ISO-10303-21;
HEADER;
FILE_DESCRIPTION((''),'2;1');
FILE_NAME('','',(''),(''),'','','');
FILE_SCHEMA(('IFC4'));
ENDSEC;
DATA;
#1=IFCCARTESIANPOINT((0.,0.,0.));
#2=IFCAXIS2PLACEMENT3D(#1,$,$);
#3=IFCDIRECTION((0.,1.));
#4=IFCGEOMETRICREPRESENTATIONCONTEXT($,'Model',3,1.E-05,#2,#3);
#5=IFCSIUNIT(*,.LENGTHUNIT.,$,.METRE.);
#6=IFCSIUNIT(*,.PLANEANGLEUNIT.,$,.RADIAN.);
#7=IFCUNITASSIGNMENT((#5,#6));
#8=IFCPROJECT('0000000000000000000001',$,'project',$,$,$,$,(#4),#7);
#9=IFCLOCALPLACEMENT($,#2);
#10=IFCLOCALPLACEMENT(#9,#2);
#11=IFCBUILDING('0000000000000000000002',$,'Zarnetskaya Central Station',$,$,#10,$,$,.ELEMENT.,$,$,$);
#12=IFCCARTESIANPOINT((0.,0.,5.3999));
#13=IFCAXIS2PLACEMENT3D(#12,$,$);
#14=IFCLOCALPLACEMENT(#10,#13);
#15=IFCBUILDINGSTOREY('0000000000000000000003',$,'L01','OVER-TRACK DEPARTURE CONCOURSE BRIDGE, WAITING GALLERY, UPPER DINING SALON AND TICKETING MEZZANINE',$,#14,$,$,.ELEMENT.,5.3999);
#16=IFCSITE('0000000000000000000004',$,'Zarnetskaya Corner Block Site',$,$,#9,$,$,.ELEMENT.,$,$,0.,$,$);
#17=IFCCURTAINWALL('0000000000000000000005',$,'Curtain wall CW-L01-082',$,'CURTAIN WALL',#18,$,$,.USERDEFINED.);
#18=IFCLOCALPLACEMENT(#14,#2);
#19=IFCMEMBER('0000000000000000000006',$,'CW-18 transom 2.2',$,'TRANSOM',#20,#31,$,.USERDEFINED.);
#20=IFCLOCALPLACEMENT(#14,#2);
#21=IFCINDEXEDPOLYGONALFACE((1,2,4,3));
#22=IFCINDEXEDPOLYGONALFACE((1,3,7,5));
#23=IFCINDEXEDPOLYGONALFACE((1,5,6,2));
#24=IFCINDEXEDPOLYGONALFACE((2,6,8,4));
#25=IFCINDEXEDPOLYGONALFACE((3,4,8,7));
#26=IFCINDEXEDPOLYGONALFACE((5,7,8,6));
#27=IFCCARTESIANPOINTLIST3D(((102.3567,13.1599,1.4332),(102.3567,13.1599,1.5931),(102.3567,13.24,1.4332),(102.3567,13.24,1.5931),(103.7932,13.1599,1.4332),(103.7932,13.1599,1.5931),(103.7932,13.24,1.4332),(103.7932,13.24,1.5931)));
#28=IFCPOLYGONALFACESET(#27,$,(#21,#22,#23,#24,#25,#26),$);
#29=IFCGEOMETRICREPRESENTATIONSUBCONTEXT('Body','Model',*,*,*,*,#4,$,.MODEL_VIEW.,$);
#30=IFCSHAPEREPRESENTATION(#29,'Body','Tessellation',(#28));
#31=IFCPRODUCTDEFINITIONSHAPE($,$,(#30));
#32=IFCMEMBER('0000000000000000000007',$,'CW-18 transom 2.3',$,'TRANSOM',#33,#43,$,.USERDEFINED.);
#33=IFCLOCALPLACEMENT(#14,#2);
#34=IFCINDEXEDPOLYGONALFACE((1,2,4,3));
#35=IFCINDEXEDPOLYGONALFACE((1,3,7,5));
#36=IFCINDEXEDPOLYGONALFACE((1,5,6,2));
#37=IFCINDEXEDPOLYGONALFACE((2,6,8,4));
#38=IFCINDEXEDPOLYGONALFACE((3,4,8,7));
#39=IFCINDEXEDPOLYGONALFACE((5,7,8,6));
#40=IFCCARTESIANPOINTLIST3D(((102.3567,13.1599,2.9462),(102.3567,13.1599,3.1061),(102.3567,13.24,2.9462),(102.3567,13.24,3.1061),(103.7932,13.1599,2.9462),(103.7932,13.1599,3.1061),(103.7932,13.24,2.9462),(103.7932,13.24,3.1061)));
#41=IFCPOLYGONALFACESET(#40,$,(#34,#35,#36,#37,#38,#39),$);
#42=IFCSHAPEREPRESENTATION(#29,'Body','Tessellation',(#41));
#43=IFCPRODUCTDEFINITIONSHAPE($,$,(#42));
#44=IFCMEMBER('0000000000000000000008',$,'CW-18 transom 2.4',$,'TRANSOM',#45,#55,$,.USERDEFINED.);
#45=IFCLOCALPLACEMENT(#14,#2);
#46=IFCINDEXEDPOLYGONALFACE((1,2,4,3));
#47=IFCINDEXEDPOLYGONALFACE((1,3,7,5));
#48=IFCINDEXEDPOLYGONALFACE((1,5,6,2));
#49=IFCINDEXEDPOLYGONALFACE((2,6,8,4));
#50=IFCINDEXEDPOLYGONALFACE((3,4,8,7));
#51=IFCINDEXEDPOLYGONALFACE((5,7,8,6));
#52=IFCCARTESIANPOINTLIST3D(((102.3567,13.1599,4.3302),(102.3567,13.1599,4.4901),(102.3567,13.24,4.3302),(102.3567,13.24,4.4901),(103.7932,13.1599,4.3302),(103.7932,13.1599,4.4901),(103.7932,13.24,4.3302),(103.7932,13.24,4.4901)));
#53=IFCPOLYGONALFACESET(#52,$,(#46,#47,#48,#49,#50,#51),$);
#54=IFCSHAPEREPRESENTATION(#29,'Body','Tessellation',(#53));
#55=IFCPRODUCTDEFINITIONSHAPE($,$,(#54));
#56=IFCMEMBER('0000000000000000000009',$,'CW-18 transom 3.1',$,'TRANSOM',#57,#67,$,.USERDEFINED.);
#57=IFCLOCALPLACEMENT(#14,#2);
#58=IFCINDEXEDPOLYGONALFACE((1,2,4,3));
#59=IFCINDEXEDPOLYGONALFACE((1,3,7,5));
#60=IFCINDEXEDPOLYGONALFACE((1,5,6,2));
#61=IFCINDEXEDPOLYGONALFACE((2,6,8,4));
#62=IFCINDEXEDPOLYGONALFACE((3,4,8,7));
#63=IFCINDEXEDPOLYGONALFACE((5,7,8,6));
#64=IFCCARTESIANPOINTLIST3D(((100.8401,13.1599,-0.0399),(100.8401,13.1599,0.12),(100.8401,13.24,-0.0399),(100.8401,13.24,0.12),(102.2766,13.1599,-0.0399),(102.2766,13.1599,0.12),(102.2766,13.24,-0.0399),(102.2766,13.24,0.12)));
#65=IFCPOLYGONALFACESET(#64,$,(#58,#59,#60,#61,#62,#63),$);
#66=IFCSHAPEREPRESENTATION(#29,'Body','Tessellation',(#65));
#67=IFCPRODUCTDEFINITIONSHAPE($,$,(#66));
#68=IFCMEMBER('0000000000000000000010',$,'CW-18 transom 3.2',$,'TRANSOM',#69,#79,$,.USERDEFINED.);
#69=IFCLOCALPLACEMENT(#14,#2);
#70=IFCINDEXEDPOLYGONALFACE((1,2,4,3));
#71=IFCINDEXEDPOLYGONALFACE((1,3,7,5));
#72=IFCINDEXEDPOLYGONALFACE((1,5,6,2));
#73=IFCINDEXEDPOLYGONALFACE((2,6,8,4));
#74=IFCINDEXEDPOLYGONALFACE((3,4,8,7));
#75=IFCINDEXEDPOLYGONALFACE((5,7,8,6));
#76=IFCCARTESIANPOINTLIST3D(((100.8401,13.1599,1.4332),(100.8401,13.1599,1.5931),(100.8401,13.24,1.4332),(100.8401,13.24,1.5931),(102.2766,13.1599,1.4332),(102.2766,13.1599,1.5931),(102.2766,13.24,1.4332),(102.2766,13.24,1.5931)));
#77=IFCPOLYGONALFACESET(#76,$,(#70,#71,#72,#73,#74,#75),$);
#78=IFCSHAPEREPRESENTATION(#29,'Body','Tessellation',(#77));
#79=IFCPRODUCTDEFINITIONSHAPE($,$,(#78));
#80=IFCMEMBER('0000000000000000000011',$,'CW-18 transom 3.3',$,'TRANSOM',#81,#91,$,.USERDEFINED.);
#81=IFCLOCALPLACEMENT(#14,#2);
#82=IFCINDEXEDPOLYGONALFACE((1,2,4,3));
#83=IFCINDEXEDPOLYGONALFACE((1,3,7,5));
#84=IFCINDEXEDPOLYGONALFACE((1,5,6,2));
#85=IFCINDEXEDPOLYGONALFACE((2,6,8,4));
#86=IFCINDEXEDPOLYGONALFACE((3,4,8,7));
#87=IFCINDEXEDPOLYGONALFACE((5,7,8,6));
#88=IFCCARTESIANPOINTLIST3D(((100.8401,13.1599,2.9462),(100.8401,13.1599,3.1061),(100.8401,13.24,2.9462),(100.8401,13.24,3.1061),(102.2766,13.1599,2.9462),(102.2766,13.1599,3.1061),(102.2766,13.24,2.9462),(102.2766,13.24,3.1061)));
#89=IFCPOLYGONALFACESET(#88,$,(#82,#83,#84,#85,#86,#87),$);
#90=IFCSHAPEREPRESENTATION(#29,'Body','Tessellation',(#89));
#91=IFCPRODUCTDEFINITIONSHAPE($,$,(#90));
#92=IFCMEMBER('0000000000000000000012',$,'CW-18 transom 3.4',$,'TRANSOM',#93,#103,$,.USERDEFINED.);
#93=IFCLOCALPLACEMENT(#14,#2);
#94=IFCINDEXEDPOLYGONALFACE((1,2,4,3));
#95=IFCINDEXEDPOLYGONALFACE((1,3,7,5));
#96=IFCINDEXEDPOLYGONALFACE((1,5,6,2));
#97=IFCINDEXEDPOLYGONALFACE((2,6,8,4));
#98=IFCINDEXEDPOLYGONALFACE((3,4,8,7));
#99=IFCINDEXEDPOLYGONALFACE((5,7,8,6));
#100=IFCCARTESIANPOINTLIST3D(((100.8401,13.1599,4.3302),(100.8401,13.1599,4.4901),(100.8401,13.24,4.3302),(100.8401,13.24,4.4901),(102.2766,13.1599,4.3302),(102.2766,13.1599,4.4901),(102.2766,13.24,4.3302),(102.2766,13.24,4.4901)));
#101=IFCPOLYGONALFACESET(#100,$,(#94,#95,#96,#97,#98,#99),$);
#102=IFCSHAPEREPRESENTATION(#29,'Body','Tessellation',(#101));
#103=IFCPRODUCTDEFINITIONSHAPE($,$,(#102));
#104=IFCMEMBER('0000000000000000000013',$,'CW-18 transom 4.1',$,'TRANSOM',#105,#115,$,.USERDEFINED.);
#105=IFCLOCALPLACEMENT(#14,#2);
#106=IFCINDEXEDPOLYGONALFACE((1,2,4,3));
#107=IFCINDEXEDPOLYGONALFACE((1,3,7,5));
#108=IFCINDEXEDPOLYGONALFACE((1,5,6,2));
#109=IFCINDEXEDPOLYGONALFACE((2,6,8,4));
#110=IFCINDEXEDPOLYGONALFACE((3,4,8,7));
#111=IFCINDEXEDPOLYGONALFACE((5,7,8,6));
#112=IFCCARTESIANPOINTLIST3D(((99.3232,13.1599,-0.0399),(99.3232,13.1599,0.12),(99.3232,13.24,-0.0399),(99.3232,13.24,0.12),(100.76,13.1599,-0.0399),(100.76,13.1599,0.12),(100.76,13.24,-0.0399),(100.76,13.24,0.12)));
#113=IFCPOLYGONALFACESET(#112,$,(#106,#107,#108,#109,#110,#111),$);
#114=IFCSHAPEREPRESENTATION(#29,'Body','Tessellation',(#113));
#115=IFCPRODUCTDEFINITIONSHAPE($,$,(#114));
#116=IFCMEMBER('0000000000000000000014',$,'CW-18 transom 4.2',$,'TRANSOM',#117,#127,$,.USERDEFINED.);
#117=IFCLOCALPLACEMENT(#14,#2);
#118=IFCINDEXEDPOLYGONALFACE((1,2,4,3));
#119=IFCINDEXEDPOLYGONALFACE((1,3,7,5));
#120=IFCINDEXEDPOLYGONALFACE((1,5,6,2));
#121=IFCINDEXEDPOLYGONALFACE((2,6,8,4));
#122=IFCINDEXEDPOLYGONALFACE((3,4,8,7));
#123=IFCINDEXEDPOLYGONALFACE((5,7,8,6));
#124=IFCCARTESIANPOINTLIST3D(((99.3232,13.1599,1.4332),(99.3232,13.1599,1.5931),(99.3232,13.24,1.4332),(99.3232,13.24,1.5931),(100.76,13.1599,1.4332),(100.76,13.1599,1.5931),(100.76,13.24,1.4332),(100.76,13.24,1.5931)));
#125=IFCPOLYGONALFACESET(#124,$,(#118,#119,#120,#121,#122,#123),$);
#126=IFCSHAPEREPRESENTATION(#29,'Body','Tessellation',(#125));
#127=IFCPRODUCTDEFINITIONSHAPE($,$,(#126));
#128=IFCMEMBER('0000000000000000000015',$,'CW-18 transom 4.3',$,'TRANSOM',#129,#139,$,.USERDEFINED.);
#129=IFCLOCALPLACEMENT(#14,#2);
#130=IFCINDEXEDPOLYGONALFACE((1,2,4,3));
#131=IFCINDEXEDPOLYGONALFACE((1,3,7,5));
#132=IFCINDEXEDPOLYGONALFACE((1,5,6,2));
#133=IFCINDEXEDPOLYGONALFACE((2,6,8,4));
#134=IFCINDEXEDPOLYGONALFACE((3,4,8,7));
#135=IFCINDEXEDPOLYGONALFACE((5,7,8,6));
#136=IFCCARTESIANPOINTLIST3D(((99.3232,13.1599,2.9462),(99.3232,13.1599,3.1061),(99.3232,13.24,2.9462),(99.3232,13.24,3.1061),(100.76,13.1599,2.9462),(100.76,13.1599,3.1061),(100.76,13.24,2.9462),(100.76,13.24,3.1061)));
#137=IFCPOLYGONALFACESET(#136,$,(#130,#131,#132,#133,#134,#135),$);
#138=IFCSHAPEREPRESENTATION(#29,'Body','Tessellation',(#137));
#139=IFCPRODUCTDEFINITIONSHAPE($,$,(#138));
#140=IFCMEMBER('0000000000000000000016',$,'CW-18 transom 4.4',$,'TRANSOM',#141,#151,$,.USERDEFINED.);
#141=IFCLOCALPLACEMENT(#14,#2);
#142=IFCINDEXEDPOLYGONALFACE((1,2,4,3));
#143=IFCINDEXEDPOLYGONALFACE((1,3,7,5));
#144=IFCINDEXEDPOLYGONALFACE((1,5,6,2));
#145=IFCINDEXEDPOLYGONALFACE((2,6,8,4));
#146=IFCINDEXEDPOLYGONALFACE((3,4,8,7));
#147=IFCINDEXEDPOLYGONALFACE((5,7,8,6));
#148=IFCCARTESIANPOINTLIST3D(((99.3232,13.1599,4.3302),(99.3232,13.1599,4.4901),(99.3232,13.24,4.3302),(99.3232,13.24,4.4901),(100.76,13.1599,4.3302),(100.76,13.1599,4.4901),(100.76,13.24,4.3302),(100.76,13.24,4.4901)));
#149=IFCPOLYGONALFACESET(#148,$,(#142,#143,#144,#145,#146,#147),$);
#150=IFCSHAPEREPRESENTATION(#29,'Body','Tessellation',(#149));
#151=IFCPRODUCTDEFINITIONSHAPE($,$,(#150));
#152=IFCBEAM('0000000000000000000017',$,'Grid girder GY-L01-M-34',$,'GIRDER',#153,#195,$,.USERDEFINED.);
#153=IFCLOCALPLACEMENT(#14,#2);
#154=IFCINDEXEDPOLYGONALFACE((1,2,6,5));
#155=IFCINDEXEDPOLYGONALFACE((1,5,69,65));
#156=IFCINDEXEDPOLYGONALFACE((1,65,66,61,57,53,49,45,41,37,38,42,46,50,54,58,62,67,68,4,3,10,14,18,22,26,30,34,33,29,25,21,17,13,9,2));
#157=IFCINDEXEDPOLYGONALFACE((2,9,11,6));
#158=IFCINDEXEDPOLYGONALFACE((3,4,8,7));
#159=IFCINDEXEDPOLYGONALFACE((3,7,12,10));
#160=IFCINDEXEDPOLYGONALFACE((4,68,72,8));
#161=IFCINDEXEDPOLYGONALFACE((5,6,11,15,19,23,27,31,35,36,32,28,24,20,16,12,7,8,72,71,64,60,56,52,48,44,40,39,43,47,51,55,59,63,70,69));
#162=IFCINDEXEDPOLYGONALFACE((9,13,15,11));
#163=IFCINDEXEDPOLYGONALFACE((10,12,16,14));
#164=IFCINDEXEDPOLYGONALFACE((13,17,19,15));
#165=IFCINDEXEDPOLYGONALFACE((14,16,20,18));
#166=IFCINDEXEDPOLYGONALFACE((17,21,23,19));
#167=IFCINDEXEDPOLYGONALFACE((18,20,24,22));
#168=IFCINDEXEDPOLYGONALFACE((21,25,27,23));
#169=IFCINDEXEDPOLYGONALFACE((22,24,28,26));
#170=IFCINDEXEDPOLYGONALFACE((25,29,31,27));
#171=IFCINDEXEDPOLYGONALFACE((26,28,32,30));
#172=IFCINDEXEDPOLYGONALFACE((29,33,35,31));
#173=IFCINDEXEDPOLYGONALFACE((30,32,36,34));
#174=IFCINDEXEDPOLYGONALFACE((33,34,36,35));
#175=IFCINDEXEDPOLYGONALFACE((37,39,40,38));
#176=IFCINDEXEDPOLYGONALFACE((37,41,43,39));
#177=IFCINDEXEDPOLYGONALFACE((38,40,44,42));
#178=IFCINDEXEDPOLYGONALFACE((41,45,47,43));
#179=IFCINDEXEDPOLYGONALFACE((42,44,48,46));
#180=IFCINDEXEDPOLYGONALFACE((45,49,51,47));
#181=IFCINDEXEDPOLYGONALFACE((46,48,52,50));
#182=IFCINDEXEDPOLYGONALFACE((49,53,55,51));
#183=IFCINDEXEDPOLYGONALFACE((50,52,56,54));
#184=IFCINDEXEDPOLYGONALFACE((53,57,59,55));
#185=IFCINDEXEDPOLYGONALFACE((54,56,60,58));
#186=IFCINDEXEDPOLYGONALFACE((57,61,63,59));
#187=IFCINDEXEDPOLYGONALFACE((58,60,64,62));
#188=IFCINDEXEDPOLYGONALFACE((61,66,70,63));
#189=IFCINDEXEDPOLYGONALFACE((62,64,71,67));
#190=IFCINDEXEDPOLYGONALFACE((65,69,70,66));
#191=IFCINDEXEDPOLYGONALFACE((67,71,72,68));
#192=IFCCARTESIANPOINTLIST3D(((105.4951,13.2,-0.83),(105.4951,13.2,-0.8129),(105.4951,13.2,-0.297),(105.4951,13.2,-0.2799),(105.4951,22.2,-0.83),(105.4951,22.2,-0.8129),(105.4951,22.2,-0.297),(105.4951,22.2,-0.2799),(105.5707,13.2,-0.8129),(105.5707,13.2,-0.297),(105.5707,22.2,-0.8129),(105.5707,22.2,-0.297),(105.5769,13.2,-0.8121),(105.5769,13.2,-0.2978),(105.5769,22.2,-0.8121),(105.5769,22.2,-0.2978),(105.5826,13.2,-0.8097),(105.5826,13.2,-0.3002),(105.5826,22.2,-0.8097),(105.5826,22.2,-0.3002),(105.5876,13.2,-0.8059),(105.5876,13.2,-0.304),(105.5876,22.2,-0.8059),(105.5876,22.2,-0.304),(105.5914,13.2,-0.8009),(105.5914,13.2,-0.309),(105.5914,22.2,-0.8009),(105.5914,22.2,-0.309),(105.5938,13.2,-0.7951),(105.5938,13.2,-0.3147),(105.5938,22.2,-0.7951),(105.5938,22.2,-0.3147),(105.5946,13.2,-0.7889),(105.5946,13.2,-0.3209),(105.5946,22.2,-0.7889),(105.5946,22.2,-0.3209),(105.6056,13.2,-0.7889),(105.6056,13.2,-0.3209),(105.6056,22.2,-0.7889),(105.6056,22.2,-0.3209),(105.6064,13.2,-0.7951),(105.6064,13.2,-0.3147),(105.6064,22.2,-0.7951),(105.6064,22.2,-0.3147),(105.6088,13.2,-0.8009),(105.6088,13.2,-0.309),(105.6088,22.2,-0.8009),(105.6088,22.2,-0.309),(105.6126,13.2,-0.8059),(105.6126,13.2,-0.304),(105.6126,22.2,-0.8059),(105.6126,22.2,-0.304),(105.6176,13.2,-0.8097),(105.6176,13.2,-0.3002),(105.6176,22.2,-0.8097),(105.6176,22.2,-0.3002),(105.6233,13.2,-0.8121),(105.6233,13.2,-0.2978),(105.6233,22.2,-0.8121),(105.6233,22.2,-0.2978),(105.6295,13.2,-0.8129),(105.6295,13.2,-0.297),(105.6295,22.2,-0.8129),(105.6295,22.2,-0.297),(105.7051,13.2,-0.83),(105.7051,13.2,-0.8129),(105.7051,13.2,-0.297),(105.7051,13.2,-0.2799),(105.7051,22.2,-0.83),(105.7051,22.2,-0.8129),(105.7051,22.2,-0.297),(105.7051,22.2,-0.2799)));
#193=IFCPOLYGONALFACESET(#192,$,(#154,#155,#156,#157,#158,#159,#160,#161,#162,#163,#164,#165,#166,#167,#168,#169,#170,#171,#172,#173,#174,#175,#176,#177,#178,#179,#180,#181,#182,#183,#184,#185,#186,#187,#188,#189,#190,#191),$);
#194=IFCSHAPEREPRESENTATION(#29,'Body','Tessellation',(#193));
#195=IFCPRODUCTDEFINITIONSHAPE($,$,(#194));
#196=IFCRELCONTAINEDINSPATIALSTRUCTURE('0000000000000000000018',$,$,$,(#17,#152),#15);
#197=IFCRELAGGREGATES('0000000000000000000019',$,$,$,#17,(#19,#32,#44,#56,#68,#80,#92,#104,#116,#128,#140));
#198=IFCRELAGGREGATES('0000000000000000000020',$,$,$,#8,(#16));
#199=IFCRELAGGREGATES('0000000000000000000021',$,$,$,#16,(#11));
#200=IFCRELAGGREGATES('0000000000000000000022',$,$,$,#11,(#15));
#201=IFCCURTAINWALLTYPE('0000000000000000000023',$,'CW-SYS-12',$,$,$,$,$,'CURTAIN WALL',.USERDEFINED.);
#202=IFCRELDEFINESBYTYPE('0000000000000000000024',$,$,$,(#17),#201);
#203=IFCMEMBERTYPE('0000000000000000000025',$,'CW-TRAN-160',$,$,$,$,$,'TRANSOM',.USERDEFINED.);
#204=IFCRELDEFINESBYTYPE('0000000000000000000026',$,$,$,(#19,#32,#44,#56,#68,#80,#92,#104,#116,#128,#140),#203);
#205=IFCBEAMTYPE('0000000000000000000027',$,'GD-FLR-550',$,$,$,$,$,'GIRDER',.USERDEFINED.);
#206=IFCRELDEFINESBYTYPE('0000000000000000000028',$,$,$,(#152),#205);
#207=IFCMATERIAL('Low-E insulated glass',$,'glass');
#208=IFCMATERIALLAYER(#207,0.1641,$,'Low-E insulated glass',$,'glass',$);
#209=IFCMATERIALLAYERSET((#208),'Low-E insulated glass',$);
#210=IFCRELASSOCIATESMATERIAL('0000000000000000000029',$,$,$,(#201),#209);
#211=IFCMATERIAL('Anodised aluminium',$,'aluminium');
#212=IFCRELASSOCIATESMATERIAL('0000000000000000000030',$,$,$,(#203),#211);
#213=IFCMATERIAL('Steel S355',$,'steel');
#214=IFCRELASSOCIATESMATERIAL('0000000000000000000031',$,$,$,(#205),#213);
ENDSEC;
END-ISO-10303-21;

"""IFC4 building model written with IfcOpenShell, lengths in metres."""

from ifc_helpers import new_model, si_unit, direction, frame, origin, origin_2d, place, context, subcontext, project, spatial, rectangle, i_section, extrude, material, layer, layer_set, material_profile, profile_set, type_object, element, aggregate, save


model = new_model("IFC4")

# Units and contexts
model_context = context("Model", 3, precision=1e-05, world=origin(), true_north=direction((0.0, 1.0)))
body_context = subcontext(model_context, "Body", "Model", "MODEL_VIEW")
ifc_project = project(units=[si_unit("LENGTHUNIT", "METRE"), si_unit("PLANEANGLEUNIT", "RADIAN")], contexts=[model_context])

# Site, building, storey
site_placement = place(None, origin())
site = spatial("IfcSite", under=ifc_project, at=site_placement, Name="Zarnetskaya Corner Block Site", CompositionType="ELEMENT", RefElevation=0.0)
building_placement = place(site_placement, origin())
building = spatial("IfcBuilding", under=site, at=building_placement, Name="Zarnetskaya Central Station", CompositionType="ELEMENT")
storey_placement = place(building_placement, frame((0.0, 0.0, 5.3999)))
storey = spatial("IfcBuildingStorey", under=building, at=storey_placement, Name="L01", Description="OVER-TRACK DEPARTURE CONCOURSE BRIDGE, WAITING GALLERY, UPPER DINING SALON AND TICKETING MEZZANINE", CompositionType="ELEMENT", Elevation=5.3999)

# Shared definitions
ifc_material_1 = material(Name="Steel S355", Category="steel")

# Curtain wall, members
ifc_material_2 = material(Name="Low-E insulated glass", Category="glass")
ifc_layer_1 = layer(ifc_material_2, 0.1641, Name="Low-E insulated glass", Category="glass")
ifc_layer_set_1 = layer_set([ifc_layer_1], Name="Low-E insulated glass")
curtain_wall_type = type_object("IfcCurtainWallType", Name="CW-SYS-12", ElementType="CURTAIN WALL", PredefinedType="USERDEFINED", material=ifc_layer_set_1)
curtain_wall_placement = place(storey_placement, origin())
curtain_wall = element("IfcCurtainWall", 1, at=curtain_wall_placement, inside=storey, type_object=curtain_wall_type, Name="Curtain wall CW-L01-082", ObjectType="CURTAIN WALL", PredefinedType="USERDEFINED")
ifc_material_3 = material(Name="Anodised aluminium", Category="aluminium")
ifc_material_profile_1 = material_profile(ifc_material_3, rectangle(XDim=0.0801, YDim=0.1599, at=origin_2d()), Name="ALU TRAN 80x160")
ifc_profile_set_1 = profile_set([ifc_material_profile_1], Name="Anodised aluminium")
member_type_1 = type_object("IfcMemberType", Name="CW-TRAN-160", ElementType="TRANSOM", PredefinedType="USERDEFINED", material=ifc_profile_set_1)
member_1_placement = place(storey_placement, frame((103.7932, 13.2, 1.5132), z_axis=(-1.0, 0.0, 0.0), x_axis=(0.0, -1.0, 0.0)))
member_1 = element("IfcMember", 2, at=member_1_placement, type_object=member_type_1, Name="CW-18 transom 2.2", ObjectType="TRANSOM", PredefinedType="USERDEFINED", context=body_context, shape_type="SweptSolid", body=[
    extrude(rectangle(XDim=0.0801, YDim=0.1599, at=origin_2d()), origin(), (0.0, 0.0, 1.0), 1.4365),
])
member_2_placement = place(storey_placement, frame((103.7932, 13.2, 3.0261), z_axis=(-1.0, 0.0, 0.0), x_axis=(0.0, -1.0, 0.0)))
member_2 = element("IfcMember", 3, at=member_2_placement, type_object=member_type_1, Name="CW-18 transom 2.3", ObjectType="TRANSOM", PredefinedType="USERDEFINED", context=body_context, shape_type="SweptSolid", body=[
    extrude(rectangle(XDim=0.0801, YDim=0.1599, at=origin_2d()), origin(), (0.0, 0.0, 1.0), 1.4365),
])
member_3_placement = place(storey_placement, frame((103.7932, 13.2, 4.4102), z_axis=(-1.0, 0.0, 0.0), x_axis=(0.0, -1.0, 0.0)))
member_3 = element("IfcMember", 4, at=member_3_placement, type_object=member_type_1, Name="CW-18 transom 2.4", ObjectType="TRANSOM", PredefinedType="USERDEFINED", context=body_context, shape_type="SweptSolid", body=[
    extrude(rectangle(XDim=0.0801, YDim=0.1599, at=origin_2d()), origin(), (0.0, 0.0, 1.0), 1.4365),
])
member_4_placement = place(storey_placement, frame((102.2766, 13.2, 0.04), z_axis=(-1.0, 0.0, 0.0), x_axis=(0.0, -1.0, 0.0)))
member_4 = element("IfcMember", 5, at=member_4_placement, type_object=member_type_1, Name="CW-18 transom 3.1", ObjectType="TRANSOM", PredefinedType="USERDEFINED", context=body_context, shape_type="SweptSolid", body=[
    extrude(rectangle(XDim=0.0801, YDim=0.1599, at=origin_2d()), origin(), (0.0, 0.0, 1.0), 1.4365),
])
member_5_placement = place(storey_placement, frame((102.2766, 13.2, 1.5132), z_axis=(-1.0, 0.0, 0.0), x_axis=(0.0, -1.0, 0.0)))
member_5 = element("IfcMember", 6, at=member_5_placement, type_object=member_type_1, Name="CW-18 transom 3.2", ObjectType="TRANSOM", PredefinedType="USERDEFINED", context=body_context, shape_type="SweptSolid", body=[
    extrude(rectangle(XDim=0.0801, YDim=0.1599, at=origin_2d()), origin(), (0.0, 0.0, 1.0), 1.4365),
])
member_6_placement = place(storey_placement, frame((102.2766, 13.2, 3.0261), z_axis=(-1.0, 0.0, 0.0), x_axis=(0.0, -1.0, 0.0)))
member_6 = element("IfcMember", 7, at=member_6_placement, type_object=member_type_1, Name="CW-18 transom 3.3", ObjectType="TRANSOM", PredefinedType="USERDEFINED", context=body_context, shape_type="SweptSolid", body=[
    extrude(rectangle(XDim=0.0801, YDim=0.1599, at=origin_2d()), origin(), (0.0, 0.0, 1.0), 1.4365),
])
member_7_placement = place(storey_placement, frame((102.2766, 13.2, 4.4102), z_axis=(-1.0, 0.0, 0.0), x_axis=(0.0, -1.0, 0.0)))
member_7 = element("IfcMember", 8, at=member_7_placement, type_object=member_type_1, Name="CW-18 transom 3.4", ObjectType="TRANSOM", PredefinedType="USERDEFINED", context=body_context, shape_type="SweptSolid", body=[
    extrude(rectangle(XDim=0.0801, YDim=0.1599, at=origin_2d()), origin(), (0.0, 0.0, 1.0), 1.4365),
])
member_8_placement = place(storey_placement, frame((100.76, 13.2, 0.04), z_axis=(-1.0, 0.0, 0.0), x_axis=(0.0, -1.0, 0.0)))
member_8 = element("IfcMember", 9, at=member_8_placement, type_object=member_type_1, Name="CW-18 transom 4.1", ObjectType="TRANSOM", PredefinedType="USERDEFINED", context=body_context, shape_type="SweptSolid", body=[
    extrude(rectangle(XDim=0.0801, YDim=0.1599, at=origin_2d()), origin(), (0.0, 0.0, 1.0), 1.4368),
])
member_9_placement = place(storey_placement, frame((100.76, 13.2, 1.5132), z_axis=(-1.0, 0.0, 0.0), x_axis=(0.0, -1.0, 0.0)))
member_9 = element("IfcMember", 10, at=member_9_placement, type_object=member_type_1, Name="CW-18 transom 4.2", ObjectType="TRANSOM", PredefinedType="USERDEFINED", context=body_context, shape_type="SweptSolid", body=[
    extrude(rectangle(XDim=0.0801, YDim=0.1599, at=origin_2d()), origin(), (0.0, 0.0, 1.0), 1.4368),
])
member_10_placement = place(storey_placement, frame((100.76, 13.2, 3.0261), z_axis=(-1.0, 0.0, 0.0), x_axis=(0.0, -1.0, 0.0)))
member_10 = element("IfcMember", 11, at=member_10_placement, type_object=member_type_1, Name="CW-18 transom 4.3", ObjectType="TRANSOM", PredefinedType="USERDEFINED", context=body_context, shape_type="SweptSolid", body=[
    extrude(rectangle(XDim=0.0801, YDim=0.1599, at=origin_2d()), origin(), (0.0, 0.0, 1.0), 1.4368),
])
member_11_placement = place(storey_placement, frame((100.76, 13.2, 4.4102), z_axis=(-1.0, 0.0, 0.0), x_axis=(0.0, -1.0, 0.0)))
member_11 = element("IfcMember", 12, at=member_11_placement, type_object=member_type_1, Name="CW-18 transom 4.4", ObjectType="TRANSOM", PredefinedType="USERDEFINED", context=body_context, shape_type="SweptSolid", body=[
    extrude(rectangle(XDim=0.0801, YDim=0.1599, at=origin_2d()), origin(), (0.0, 0.0, 1.0), 1.4368),
])

# Beam
ifc_material_profile_2 = material_profile(ifc_material_1, i_section(OverallWidth=0.21, OverallDepth=0.55, WebThickness=0.011, FlangeThickness=0.0171, FilletRadius=0.0239, at=origin_2d()), Name="IPE 550")
ifc_profile_set_2 = profile_set([ifc_material_profile_2], Name="Steel S355")
beam_type_1 = type_object("IfcBeamType", Name="GD-FLR-550", ElementType="GIRDER", PredefinedType="USERDEFINED", material=ifc_profile_set_2)
beam_1_placement = place(storey_placement, frame((105.6001, 13.2, -0.5549), z_axis=(0.0, 1.0, 0.0), x_axis=(-1.0, 0.0, 0.0)))
element("IfcBeam", 13, at=beam_1_placement, inside=storey, type_object=beam_type_1, Name="Grid girder GY-L01-M-34", ObjectType="GIRDER", PredefinedType="USERDEFINED", context=body_context, shape_type="SweptSolid", body=[
    extrude(i_section(OverallWidth=0.21, OverallDepth=0.55, WebThickness=0.011, FlangeThickness=0.0171, FilletRadius=0.0239, at=origin_2d()), origin(), (0.0, 0.0, 1.0), 9.0),
])

aggregate(curtain_wall, [member_1, member_2, member_3, member_4, member_5, member_6, member_7, member_8, member_9, member_10, member_11])

save(model, "model.ifc")
